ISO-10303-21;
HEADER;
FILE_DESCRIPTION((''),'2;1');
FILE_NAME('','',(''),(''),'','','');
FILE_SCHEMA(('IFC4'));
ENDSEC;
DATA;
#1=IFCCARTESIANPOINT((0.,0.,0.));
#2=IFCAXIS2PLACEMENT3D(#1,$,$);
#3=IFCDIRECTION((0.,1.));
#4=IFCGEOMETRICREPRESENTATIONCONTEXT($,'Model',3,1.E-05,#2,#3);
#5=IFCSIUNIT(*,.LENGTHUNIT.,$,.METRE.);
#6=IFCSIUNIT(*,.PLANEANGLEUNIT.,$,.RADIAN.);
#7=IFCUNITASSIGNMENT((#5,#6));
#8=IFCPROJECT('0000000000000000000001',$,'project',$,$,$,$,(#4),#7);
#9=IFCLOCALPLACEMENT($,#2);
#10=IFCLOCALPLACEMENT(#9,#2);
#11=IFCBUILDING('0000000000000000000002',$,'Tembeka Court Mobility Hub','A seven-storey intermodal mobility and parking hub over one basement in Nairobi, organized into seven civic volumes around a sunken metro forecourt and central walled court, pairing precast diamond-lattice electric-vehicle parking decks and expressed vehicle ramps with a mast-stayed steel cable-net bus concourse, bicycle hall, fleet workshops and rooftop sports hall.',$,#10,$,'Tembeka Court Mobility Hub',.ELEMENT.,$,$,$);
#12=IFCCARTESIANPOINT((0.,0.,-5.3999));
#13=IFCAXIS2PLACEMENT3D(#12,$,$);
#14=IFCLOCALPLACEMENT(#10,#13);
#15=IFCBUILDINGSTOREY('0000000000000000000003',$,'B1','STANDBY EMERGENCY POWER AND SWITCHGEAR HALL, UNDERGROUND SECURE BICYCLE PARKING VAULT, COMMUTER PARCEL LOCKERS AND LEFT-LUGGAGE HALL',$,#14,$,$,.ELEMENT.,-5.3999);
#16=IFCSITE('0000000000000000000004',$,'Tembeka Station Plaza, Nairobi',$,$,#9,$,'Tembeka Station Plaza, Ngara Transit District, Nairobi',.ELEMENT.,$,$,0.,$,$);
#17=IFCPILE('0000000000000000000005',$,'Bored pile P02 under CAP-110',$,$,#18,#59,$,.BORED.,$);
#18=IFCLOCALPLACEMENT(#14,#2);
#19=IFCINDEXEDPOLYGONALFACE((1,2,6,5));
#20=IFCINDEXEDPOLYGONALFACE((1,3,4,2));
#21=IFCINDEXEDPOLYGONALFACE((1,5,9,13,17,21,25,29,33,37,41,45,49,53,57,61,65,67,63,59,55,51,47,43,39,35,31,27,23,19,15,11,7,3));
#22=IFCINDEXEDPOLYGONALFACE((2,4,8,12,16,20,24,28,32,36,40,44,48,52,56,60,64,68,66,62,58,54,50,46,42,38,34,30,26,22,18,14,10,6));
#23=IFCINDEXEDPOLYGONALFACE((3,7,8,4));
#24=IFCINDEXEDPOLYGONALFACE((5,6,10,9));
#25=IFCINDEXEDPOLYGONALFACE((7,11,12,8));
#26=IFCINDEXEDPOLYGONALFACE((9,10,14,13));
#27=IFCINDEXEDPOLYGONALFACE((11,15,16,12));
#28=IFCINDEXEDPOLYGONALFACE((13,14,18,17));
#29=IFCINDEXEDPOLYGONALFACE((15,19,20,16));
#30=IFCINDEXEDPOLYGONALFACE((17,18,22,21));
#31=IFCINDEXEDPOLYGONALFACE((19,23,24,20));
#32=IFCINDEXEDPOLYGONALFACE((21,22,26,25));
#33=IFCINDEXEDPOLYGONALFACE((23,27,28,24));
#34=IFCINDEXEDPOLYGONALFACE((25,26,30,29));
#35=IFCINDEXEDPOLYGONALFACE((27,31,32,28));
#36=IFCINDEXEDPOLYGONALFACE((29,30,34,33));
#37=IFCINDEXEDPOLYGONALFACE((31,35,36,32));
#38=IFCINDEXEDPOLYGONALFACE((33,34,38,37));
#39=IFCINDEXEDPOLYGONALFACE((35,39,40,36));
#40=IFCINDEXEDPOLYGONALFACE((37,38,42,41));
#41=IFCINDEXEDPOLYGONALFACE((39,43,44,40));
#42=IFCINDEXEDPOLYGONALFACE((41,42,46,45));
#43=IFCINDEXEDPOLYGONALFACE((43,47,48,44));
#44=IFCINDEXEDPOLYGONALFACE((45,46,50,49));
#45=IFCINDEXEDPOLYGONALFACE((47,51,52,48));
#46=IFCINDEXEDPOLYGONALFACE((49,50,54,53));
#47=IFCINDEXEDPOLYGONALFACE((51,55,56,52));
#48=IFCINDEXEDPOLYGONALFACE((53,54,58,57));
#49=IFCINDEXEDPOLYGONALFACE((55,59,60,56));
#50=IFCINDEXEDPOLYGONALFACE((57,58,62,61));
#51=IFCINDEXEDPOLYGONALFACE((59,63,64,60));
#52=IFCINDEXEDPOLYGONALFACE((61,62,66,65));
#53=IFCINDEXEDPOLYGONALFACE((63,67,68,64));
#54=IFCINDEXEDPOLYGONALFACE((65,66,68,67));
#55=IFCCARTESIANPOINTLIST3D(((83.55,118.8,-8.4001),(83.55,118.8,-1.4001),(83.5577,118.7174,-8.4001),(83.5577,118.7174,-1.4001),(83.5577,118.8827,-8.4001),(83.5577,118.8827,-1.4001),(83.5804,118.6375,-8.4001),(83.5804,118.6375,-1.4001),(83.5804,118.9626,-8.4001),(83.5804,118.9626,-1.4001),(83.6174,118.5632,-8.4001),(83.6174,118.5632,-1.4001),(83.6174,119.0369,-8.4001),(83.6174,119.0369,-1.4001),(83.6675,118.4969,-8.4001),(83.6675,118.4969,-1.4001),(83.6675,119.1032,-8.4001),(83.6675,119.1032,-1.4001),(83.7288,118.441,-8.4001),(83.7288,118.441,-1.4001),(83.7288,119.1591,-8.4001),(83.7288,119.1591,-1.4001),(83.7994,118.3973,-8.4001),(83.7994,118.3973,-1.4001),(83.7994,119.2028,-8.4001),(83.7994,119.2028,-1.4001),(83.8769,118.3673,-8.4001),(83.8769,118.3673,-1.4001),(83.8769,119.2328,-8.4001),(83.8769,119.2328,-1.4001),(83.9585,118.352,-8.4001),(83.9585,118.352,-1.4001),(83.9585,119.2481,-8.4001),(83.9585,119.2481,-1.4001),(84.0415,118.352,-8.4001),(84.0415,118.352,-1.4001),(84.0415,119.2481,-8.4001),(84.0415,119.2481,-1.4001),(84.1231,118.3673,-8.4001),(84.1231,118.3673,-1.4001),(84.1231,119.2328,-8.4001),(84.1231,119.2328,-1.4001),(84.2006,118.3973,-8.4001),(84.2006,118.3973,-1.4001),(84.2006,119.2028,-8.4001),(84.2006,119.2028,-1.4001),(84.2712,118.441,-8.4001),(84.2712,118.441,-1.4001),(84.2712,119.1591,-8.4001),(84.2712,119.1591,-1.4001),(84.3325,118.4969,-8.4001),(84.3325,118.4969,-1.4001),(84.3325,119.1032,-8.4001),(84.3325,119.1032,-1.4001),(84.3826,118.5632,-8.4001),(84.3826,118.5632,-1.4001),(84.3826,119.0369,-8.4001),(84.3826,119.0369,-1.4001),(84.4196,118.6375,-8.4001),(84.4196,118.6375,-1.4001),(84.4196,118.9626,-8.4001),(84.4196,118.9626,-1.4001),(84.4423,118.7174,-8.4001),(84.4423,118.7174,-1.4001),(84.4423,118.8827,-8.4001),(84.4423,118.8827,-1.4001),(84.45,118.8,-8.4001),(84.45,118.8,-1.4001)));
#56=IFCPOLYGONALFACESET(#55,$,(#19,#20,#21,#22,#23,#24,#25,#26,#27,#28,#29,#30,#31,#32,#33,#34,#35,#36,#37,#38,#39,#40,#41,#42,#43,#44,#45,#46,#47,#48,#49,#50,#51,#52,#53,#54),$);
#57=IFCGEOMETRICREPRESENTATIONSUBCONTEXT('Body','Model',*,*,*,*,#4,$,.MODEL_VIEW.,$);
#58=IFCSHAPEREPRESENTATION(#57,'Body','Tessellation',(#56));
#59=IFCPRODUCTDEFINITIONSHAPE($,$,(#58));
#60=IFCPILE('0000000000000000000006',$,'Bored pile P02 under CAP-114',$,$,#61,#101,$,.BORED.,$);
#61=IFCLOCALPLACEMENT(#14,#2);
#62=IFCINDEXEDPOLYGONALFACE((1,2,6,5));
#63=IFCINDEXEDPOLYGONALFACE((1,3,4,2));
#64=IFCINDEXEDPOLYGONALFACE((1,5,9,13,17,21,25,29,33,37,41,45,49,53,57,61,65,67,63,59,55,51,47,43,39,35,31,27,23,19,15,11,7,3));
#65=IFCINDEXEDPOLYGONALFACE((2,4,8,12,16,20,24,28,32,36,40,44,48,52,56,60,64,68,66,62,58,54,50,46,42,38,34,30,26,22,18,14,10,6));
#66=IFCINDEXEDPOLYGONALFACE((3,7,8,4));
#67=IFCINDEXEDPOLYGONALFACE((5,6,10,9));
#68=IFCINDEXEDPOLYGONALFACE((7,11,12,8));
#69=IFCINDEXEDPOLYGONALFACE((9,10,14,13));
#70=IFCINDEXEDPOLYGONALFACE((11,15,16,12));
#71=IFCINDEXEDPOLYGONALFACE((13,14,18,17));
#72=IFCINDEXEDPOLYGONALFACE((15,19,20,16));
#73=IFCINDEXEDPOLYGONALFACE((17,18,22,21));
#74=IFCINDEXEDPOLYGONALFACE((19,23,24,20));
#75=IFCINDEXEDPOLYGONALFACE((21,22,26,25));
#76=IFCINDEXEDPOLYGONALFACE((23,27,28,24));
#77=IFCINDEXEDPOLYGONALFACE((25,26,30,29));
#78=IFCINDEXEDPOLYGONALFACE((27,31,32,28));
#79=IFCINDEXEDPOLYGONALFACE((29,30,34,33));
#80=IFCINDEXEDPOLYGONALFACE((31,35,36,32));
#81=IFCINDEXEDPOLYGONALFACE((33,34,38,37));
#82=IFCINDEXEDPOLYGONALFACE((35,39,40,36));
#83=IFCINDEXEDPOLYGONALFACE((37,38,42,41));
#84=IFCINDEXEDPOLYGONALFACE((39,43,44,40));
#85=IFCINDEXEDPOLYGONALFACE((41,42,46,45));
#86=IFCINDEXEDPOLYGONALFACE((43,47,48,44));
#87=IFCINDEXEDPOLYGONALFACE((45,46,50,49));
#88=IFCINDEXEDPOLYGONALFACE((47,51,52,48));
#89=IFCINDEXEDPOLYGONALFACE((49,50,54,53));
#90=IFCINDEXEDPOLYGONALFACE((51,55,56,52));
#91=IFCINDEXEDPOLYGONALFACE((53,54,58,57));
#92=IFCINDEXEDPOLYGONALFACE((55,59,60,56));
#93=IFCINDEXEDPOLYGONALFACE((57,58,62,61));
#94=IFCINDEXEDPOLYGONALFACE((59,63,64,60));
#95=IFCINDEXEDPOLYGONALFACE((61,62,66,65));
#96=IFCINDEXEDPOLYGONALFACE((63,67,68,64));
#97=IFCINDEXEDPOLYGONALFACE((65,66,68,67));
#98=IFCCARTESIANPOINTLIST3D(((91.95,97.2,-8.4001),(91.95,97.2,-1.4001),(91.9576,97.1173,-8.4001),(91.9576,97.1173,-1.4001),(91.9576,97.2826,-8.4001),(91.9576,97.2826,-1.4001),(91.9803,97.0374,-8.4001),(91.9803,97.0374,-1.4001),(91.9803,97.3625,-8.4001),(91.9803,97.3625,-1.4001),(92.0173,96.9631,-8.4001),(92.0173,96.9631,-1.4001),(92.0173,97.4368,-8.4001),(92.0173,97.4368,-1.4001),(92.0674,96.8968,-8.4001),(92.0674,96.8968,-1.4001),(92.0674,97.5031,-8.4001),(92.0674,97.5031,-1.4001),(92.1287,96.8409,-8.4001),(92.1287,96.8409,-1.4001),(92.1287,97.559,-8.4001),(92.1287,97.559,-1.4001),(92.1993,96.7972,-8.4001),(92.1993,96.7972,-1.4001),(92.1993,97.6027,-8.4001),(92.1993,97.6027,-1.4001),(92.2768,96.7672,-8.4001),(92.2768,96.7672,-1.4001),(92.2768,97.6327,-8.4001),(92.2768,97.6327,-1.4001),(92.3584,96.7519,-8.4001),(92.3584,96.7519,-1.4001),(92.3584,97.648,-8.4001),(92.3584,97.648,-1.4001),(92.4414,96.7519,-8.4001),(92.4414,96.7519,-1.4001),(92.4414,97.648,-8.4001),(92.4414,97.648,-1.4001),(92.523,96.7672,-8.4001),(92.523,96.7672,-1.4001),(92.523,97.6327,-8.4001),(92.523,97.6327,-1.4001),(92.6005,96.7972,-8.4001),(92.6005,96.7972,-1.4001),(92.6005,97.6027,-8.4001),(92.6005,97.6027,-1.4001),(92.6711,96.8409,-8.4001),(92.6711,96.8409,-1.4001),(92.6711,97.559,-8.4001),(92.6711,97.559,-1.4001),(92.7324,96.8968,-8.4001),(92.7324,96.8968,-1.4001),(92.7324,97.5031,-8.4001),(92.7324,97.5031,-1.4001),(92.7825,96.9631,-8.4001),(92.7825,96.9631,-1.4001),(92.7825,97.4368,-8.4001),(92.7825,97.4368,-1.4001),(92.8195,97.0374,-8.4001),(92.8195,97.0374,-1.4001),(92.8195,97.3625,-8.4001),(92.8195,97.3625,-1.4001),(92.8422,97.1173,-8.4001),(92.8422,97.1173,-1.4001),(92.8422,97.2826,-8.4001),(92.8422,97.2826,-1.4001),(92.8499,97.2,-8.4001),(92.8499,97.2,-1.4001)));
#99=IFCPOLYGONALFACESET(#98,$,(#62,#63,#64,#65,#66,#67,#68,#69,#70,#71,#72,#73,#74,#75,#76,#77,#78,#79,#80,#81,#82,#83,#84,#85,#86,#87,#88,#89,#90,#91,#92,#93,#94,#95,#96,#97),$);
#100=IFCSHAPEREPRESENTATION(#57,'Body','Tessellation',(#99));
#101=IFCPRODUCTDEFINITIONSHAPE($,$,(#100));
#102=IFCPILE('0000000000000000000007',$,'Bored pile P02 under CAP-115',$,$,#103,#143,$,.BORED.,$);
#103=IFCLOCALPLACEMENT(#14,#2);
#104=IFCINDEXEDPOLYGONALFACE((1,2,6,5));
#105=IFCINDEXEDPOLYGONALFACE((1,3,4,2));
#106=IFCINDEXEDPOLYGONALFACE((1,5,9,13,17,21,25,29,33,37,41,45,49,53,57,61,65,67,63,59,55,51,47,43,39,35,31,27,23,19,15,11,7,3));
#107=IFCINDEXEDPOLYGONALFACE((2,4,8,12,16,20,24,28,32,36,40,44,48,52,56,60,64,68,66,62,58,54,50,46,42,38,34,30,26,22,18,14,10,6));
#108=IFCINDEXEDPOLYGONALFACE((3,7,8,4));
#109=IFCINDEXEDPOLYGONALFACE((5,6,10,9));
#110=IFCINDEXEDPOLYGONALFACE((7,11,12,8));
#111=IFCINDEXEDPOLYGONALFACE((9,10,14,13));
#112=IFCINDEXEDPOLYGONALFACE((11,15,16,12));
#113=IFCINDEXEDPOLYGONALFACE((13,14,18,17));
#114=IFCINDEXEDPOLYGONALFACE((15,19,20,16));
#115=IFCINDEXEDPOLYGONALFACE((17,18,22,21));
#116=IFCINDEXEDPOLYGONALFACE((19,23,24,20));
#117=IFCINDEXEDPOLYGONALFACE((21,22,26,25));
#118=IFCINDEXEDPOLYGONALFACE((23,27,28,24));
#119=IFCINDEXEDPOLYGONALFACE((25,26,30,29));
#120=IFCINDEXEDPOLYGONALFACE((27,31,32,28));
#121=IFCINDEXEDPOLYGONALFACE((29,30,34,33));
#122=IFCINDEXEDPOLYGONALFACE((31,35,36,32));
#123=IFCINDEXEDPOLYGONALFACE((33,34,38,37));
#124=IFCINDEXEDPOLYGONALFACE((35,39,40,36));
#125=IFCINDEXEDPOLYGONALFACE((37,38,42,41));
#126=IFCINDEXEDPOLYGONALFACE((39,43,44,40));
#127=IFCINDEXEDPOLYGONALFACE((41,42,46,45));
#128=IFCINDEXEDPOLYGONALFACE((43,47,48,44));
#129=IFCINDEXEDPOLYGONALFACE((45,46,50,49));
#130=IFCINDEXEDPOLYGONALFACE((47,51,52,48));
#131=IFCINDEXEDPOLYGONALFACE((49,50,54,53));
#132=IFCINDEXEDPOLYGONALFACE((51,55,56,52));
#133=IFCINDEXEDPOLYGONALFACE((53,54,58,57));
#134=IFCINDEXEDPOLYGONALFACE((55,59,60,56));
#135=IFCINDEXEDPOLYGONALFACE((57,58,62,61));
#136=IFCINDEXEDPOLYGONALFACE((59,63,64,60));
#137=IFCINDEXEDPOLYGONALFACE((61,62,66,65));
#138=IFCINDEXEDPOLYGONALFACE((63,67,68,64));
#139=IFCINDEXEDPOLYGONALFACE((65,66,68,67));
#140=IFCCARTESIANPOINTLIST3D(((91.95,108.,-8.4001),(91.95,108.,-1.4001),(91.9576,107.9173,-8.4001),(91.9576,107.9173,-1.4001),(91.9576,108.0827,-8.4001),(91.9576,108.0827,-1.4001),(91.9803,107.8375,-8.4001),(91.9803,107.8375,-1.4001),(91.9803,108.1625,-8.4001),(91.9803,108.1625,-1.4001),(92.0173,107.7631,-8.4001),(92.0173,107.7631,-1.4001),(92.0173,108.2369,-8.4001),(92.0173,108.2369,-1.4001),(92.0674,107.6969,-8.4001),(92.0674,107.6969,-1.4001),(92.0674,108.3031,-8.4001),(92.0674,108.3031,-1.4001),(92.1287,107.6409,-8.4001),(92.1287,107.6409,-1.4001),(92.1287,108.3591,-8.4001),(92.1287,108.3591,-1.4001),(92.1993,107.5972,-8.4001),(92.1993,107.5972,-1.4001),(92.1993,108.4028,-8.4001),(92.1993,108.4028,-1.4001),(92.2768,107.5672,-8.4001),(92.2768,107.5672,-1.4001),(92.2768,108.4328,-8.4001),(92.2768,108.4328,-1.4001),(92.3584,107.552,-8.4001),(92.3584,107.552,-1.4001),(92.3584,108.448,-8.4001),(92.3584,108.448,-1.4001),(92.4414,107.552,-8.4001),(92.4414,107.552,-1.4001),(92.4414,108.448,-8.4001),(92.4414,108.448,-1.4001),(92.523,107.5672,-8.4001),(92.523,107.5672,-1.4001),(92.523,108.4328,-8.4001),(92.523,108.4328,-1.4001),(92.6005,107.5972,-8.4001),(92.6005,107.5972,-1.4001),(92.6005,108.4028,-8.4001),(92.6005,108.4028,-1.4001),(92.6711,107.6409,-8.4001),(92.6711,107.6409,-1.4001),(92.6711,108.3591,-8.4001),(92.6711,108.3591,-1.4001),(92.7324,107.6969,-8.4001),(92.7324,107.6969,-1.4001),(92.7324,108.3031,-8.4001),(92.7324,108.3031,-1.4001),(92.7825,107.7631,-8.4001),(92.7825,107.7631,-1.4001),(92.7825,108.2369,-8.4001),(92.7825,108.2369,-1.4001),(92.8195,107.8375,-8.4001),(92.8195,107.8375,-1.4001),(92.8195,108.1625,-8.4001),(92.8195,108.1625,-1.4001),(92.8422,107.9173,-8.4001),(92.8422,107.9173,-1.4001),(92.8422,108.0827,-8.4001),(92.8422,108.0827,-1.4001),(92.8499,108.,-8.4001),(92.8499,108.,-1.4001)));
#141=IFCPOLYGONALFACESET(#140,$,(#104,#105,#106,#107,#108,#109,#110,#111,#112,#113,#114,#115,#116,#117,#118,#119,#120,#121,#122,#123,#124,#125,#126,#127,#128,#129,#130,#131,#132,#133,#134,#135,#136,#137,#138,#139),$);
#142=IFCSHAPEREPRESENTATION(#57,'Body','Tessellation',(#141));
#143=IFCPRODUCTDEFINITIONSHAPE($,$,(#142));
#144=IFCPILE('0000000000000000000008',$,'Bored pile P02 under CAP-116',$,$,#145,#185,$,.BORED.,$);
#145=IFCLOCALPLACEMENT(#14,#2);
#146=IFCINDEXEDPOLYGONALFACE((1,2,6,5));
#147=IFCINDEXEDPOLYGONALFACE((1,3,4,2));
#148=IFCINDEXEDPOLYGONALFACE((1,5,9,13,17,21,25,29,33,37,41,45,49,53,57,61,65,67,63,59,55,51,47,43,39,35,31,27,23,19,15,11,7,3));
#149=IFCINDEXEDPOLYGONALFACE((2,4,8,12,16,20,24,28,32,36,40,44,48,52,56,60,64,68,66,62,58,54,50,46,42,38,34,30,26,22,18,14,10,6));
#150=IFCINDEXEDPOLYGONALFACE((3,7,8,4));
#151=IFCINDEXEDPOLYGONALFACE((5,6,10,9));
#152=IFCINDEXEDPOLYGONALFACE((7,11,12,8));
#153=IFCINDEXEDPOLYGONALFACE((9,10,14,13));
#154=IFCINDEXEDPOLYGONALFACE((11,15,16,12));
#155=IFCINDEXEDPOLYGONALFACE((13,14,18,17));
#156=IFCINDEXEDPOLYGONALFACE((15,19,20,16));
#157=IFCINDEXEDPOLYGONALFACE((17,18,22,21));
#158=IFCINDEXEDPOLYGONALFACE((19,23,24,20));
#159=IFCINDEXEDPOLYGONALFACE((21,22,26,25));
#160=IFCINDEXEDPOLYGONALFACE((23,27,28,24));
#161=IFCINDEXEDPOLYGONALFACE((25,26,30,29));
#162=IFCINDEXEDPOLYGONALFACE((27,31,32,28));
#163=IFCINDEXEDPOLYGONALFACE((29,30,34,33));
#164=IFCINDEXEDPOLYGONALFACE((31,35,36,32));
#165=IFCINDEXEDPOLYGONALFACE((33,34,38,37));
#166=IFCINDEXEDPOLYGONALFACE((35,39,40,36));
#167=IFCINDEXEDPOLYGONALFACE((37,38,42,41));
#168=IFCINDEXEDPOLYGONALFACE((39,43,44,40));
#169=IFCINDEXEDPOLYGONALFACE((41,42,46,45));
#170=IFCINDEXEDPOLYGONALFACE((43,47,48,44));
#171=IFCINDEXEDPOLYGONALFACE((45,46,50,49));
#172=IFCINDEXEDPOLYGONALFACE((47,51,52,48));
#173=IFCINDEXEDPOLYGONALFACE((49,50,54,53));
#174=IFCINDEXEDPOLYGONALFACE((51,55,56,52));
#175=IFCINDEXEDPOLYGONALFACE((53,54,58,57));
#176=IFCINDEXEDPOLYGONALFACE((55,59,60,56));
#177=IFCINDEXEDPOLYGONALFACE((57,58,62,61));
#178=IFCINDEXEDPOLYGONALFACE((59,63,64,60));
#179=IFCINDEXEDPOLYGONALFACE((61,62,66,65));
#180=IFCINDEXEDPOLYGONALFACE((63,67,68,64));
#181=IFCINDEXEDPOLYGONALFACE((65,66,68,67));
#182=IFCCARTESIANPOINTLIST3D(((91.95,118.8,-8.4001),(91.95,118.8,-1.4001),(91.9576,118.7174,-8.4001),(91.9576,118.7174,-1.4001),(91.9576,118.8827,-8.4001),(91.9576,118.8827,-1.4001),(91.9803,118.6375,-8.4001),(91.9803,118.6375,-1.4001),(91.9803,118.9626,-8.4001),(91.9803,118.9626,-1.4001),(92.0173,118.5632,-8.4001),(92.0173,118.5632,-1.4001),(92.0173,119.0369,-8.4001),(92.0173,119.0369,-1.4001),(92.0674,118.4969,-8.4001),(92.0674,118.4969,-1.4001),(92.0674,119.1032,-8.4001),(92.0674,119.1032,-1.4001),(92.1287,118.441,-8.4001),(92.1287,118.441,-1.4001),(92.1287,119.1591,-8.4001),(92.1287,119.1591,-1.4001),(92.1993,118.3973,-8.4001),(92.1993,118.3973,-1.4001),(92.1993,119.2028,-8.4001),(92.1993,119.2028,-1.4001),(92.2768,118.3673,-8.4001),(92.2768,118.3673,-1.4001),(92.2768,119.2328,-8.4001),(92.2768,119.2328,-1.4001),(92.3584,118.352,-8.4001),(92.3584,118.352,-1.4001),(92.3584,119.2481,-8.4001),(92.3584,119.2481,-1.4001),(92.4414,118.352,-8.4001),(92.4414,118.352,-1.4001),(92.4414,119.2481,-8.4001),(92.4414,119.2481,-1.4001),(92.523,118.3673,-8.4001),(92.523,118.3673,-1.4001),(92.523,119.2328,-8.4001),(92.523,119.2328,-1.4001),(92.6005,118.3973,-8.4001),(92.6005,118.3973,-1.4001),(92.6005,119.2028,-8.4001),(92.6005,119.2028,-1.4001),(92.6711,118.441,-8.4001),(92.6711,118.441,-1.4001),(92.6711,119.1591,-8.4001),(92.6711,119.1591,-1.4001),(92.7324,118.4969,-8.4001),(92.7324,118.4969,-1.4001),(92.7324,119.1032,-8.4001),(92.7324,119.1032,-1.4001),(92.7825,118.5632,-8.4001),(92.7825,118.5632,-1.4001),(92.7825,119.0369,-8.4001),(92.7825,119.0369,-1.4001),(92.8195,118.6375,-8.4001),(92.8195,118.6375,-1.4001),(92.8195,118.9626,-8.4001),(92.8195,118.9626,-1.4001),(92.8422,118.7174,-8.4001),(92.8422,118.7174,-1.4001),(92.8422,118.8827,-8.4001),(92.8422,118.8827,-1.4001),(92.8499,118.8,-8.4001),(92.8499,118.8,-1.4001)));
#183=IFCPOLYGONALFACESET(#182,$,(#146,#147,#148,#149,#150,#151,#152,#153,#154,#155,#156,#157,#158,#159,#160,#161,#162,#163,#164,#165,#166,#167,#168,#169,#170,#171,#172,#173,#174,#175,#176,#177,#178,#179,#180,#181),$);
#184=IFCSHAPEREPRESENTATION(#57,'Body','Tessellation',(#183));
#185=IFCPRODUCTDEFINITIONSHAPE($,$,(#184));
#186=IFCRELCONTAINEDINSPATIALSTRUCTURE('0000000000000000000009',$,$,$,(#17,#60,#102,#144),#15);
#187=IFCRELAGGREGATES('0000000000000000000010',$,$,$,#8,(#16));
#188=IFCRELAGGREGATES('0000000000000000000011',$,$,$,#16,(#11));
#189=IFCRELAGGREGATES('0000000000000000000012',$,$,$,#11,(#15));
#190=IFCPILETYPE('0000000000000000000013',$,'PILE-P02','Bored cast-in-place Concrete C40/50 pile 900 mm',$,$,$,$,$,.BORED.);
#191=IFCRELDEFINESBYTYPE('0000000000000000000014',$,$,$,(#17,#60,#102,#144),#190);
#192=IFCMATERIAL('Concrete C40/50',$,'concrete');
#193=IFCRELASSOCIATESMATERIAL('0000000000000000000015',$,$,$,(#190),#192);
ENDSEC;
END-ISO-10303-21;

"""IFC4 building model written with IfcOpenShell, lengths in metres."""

from ifc_helpers import new_model, si_unit, direction, frame, origin, origin_2d, place, context, subcontext, project, spatial, circle, extrude, material, material_profile, profile_set, type_object, element, save


model = new_model("IFC4")

# Units and contexts
model_context = context("Model", 3, precision=1e-05, world=origin(), true_north=direction((0.0, 1.0)))
body_context = subcontext(model_context, "Body", "Model", "MODEL_VIEW")
ifc_project = project(units=[si_unit("LENGTHUNIT", "METRE"), si_unit("PLANEANGLEUNIT", "RADIAN")], contexts=[model_context])

# Site, building, storey
site_placement = place(None, origin())
site = spatial("IfcSite", under=ifc_project, at=site_placement, Name="Tembeka Station Plaza, Nairobi", LongName="Tembeka Station Plaza, Ngara Transit District, Nairobi", CompositionType="ELEMENT", RefElevation=0.0)
building_placement = place(site_placement, origin())
building = spatial("IfcBuilding", under=site, at=building_placement, Name="Tembeka Court Mobility Hub", Description="A seven-storey intermodal mobility and parking hub over one basement in Nairobi, organized into seven civic volumes around a sunken metro forecourt and central walled court, pairing precast diamond-lattice electric-vehicle parking decks and expressed vehicle ramps with a mast-stayed steel cable-net bus concourse, bicycle hall, fleet workshops and rooftop sports hall.", LongName="Tembeka Court Mobility Hub", CompositionType="ELEMENT")
storey_placement = place(building_placement, frame((0.0, 0.0, -5.3999)))
storey = spatial("IfcBuildingStorey", under=building, at=storey_placement, Name="B1", Description="STANDBY EMERGENCY POWER AND SWITCHGEAR HALL, UNDERGROUND SECURE BICYCLE PARKING VAULT, COMMUTER PARCEL LOCKERS AND LEFT-LUGGAGE HALL", CompositionType="ELEMENT", Elevation=-5.3999)

# Shared definitions
ifc_material_1 = material(Name="Concrete C40/50", Category="concrete")

# Piles
ifc_material_profile_1 = material_profile(ifc_material_1, circle(Radius=0.45, at=origin_2d()), Name="PILE D900")
ifc_profile_set_1 = profile_set([ifc_material_profile_1], Name="Concrete C40/50")
pile_type = type_object("IfcPileType", Name="PILE-P02", Description="Bored cast-in-place Concrete C40/50 pile 900 mm", PredefinedType="BORED", material=ifc_profile_set_1)
for number, where, z_axis, x_axis, name in (
    (1, (84.0, 118.8, -1.4001), (0.0, 0.0, -1.0), (1.0, 0.0, 0.0), "Bored pile P02 under CAP-110"),
    (2, (92.3999, 97.2, -1.4001), (0.0, 0.0, -1.0), (1.0, 0.0, 0.0), "Bored pile P02 under CAP-114"),
    (3, (92.3999, 108.0, -1.4001), (0.0, 0.0, -1.0), (1.0, 0.0, 0.0), "Bored pile P02 under CAP-115"),
    (4, (92.3999, 118.8, -1.4001), (0.0, 0.0, -1.0), (1.0, 0.0, 0.0), "Bored pile P02 under CAP-116"),
):
    element("IfcPile", number, at=place(storey_placement, frame(where, z_axis=z_axis, x_axis=x_axis)), inside=storey, type_object=pile_type, Name=name, PredefinedType="BORED", context=body_context, shape_type="SweptSolid", body=[
        extrude(circle(Radius=0.45, at=origin_2d()), origin(), (0.0, 0.0, 1.0), 7.0),
    ])

save(model, "model.ifc")
